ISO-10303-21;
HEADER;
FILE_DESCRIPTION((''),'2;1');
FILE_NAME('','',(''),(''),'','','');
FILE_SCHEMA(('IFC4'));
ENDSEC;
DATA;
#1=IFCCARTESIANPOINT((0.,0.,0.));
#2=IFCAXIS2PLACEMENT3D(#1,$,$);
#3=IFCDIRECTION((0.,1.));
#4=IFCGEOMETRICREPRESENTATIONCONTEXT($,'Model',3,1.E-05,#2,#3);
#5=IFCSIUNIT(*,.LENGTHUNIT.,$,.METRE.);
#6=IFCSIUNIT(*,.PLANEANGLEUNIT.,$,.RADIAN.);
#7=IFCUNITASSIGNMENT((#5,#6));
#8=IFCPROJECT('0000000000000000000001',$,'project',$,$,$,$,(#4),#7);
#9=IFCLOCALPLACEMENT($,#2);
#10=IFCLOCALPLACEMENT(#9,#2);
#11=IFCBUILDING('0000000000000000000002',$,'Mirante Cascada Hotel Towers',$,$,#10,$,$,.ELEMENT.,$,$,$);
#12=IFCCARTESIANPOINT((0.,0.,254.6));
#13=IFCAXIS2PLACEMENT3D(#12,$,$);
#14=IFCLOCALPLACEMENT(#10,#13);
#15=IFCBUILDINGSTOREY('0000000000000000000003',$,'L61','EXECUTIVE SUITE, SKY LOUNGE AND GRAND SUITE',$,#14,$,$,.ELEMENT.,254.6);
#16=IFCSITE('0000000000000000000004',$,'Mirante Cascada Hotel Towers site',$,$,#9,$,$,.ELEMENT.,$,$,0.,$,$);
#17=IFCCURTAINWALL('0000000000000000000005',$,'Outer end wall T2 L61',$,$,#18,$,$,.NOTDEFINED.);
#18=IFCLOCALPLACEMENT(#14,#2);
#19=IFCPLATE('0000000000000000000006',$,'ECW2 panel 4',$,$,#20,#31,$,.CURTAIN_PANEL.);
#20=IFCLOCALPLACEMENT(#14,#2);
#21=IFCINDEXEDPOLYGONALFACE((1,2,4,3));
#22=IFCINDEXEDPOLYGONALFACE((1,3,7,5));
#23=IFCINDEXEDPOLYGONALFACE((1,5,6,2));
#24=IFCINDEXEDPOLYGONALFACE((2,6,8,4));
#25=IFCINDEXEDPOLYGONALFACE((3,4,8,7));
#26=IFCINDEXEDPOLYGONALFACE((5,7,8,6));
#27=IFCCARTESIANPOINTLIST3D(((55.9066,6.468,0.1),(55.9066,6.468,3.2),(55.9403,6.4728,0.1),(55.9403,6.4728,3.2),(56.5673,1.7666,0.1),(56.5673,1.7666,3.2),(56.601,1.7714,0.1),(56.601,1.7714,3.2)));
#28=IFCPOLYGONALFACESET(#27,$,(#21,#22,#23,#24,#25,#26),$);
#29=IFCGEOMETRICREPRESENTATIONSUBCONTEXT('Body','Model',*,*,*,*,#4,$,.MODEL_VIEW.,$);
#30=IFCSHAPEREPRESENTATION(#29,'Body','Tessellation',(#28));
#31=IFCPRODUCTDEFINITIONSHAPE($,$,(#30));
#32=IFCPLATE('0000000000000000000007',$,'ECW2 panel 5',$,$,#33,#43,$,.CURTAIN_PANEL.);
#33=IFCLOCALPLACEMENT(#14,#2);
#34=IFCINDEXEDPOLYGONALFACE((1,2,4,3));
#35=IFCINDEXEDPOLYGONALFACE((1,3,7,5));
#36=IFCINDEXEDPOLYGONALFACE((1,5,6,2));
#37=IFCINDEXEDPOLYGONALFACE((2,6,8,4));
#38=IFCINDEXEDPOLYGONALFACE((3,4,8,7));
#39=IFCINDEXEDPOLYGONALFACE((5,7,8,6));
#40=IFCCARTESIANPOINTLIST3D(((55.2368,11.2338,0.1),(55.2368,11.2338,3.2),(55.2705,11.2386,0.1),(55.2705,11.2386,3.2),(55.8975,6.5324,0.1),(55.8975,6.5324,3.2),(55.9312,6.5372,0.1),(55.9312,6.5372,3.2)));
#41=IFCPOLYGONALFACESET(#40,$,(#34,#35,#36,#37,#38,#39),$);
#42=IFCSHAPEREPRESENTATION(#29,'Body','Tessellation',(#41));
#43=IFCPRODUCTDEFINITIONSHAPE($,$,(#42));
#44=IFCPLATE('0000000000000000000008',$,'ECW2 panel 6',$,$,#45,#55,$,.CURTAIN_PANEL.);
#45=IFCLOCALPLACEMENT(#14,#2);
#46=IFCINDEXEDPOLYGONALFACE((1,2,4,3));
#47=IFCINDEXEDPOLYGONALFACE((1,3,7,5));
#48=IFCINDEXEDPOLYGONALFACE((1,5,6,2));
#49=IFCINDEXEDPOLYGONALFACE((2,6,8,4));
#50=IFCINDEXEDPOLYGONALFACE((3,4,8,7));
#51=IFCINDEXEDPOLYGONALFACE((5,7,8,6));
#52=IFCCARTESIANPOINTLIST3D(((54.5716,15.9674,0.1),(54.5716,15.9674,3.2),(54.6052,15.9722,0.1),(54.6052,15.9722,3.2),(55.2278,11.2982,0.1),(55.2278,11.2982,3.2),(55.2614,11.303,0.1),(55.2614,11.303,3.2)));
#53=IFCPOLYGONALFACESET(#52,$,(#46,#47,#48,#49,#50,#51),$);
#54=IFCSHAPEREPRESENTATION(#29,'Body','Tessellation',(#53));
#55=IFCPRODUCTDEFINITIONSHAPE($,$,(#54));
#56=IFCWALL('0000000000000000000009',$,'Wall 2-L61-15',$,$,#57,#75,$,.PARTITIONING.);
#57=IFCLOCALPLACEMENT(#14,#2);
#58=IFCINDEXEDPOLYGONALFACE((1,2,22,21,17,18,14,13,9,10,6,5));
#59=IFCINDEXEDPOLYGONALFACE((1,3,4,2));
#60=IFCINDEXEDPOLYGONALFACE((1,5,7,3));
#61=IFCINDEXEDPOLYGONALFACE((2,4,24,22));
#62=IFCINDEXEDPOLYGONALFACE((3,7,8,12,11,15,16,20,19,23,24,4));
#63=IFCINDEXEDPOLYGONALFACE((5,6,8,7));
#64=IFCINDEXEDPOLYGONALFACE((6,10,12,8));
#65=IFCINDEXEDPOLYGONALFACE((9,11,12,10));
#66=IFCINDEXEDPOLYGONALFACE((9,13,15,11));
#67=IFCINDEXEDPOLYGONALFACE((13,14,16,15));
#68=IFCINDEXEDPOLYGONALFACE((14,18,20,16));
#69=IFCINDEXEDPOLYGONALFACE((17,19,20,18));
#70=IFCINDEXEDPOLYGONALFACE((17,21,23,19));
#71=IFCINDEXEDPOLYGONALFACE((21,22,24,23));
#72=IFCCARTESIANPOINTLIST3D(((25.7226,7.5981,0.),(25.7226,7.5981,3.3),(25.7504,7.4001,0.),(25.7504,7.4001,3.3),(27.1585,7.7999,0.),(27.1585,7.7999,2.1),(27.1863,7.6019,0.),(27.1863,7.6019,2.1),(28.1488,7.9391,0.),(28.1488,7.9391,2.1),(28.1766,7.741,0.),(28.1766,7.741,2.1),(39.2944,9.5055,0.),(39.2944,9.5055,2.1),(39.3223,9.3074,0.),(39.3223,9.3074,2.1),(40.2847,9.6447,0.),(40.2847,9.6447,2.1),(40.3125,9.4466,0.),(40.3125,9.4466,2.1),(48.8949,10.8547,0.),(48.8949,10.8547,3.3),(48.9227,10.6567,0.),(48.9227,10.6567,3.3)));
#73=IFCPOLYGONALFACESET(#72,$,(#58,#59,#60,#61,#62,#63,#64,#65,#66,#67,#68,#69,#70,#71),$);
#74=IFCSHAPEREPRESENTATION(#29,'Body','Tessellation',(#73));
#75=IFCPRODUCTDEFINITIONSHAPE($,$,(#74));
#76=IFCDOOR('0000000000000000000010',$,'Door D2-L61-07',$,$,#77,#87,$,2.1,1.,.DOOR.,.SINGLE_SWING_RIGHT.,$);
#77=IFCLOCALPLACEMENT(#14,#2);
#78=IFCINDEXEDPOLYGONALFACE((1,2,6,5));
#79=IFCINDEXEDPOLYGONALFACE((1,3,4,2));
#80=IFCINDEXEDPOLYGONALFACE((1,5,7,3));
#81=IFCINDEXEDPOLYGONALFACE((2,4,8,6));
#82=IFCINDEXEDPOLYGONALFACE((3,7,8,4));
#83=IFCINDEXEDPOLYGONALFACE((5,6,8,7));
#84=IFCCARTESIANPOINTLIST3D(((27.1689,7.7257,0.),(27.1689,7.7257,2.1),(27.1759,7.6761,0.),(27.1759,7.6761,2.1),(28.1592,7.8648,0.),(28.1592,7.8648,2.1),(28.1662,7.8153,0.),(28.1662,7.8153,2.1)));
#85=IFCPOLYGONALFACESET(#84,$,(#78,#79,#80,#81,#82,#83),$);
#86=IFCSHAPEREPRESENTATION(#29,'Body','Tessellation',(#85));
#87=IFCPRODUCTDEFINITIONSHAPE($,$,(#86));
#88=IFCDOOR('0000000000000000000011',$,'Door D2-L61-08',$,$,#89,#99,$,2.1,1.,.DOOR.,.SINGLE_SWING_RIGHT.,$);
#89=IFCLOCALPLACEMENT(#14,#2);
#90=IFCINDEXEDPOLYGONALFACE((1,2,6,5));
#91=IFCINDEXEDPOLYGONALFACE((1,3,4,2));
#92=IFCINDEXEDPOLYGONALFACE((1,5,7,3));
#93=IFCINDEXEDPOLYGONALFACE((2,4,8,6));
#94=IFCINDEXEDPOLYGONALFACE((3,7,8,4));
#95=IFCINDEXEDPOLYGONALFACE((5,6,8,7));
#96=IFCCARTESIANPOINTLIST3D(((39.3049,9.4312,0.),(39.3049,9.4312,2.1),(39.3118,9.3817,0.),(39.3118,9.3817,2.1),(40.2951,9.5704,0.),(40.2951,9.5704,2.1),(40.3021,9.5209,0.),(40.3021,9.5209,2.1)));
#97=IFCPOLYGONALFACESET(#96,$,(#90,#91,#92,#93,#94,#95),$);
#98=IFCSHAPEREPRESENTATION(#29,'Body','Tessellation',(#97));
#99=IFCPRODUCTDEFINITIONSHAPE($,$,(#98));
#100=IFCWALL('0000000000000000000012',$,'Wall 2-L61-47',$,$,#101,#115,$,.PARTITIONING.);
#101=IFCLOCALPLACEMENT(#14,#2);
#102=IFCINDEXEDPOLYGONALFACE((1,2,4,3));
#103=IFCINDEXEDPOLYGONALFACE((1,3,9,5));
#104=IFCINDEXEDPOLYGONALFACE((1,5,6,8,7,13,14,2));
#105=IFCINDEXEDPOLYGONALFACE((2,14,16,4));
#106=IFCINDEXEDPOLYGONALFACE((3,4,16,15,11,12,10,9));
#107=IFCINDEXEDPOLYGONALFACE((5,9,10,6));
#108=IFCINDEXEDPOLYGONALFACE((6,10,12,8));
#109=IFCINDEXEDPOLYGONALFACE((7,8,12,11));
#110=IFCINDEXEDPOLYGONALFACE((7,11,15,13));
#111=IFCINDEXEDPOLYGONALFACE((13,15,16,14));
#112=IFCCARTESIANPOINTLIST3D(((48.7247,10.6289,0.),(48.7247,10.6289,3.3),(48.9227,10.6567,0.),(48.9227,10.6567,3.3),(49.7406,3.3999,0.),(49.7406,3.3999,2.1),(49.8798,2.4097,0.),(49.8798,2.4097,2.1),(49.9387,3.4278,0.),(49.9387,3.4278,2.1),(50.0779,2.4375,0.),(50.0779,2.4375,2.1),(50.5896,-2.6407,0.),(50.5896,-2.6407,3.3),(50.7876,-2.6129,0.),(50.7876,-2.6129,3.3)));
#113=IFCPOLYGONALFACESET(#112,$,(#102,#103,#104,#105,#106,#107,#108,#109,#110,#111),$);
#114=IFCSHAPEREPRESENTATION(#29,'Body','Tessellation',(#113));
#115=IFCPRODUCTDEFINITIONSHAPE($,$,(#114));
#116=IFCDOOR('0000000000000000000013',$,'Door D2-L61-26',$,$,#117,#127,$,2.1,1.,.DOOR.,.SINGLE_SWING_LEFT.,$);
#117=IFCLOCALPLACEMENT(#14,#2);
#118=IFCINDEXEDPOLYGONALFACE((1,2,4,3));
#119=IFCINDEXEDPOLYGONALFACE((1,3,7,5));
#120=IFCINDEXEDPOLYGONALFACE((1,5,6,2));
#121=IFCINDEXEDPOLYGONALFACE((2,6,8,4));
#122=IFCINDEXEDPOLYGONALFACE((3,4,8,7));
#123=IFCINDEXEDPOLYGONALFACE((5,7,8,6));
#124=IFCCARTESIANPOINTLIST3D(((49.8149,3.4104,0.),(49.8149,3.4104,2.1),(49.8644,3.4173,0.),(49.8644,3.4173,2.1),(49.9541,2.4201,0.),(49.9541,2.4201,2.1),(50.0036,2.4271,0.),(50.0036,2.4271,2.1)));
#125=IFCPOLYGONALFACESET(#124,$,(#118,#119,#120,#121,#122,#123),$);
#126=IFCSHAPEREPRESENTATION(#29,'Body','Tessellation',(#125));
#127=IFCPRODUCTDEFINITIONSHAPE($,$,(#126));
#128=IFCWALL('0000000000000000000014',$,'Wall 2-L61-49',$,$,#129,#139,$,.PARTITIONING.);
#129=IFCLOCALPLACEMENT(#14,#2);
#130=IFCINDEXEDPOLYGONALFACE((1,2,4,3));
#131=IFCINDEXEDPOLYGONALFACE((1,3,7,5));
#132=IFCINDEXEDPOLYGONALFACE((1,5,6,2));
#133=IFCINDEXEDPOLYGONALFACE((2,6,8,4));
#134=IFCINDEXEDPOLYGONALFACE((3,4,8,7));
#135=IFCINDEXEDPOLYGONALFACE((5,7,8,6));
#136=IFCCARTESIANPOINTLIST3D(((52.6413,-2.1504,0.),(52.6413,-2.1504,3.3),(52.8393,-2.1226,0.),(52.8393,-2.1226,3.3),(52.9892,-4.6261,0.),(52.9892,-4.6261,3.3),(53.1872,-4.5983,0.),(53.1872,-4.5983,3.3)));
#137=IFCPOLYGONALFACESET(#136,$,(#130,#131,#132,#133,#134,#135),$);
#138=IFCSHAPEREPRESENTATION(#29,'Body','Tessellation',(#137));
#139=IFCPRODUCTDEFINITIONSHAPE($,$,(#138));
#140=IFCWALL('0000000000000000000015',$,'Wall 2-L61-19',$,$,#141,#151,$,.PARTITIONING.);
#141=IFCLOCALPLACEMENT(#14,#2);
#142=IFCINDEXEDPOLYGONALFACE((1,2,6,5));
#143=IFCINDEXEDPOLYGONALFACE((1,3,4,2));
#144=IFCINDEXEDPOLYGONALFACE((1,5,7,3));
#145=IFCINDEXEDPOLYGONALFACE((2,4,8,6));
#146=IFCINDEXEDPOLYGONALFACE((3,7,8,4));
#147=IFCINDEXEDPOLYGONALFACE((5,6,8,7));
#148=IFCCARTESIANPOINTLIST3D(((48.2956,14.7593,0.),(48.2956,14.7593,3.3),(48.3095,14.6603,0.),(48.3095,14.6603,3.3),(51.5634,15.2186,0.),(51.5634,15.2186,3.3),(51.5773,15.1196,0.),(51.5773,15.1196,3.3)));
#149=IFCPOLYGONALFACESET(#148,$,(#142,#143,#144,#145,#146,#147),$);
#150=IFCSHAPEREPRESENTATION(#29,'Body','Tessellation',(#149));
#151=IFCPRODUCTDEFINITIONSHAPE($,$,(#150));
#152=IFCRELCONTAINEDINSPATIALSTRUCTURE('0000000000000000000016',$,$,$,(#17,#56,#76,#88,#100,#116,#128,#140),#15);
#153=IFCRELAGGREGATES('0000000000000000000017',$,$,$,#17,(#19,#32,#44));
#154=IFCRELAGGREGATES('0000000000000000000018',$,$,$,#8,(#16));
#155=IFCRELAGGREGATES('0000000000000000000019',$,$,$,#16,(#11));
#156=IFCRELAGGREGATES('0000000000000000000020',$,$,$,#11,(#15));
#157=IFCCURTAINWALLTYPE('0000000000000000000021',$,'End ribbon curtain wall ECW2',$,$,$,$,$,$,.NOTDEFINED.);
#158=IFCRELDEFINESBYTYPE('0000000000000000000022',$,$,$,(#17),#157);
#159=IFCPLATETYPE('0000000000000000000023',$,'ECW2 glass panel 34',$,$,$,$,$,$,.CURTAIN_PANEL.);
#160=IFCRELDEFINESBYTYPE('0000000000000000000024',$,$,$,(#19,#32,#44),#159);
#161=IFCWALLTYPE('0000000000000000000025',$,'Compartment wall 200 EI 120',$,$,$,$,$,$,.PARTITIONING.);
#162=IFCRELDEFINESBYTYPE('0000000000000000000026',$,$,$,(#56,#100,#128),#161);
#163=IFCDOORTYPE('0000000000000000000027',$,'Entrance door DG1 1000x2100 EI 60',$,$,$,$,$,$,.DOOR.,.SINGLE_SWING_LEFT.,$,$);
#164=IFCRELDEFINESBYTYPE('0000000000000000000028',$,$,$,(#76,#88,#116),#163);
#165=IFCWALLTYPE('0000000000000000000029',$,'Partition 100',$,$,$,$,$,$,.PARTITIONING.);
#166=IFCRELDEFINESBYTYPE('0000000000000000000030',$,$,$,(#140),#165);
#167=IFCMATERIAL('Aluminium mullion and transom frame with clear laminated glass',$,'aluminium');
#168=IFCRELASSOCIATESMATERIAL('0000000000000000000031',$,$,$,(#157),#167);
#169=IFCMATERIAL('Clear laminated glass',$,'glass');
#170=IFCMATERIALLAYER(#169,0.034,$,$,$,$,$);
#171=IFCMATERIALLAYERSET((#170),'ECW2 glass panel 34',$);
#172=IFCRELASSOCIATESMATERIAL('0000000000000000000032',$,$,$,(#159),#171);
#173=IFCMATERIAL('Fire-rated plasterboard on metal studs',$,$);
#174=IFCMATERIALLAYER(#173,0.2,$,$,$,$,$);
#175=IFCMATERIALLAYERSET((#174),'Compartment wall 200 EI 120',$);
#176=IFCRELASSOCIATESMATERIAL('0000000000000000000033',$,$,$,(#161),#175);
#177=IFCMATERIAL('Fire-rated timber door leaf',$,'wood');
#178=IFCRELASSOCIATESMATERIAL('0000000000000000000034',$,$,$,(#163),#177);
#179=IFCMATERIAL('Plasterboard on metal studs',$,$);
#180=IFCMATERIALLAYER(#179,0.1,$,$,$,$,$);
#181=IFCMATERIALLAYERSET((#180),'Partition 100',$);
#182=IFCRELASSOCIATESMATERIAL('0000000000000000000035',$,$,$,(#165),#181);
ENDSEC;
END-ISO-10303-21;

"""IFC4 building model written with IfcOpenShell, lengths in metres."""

from ifc_helpers import new_model, si_unit, direction, frame, frame_2d, origin, origin_2d, place, context, subcontext, project, spatial, rectangle, extrude, material, layer, layer_set, type_object, element, fill, aggregate, save


model = new_model("IFC4")

# Units and contexts
model_context = context("Model", 3, precision=1e-05, world=origin(), true_north=direction((0.0, 1.0)))
body_context = subcontext(model_context, "Body", "Model", "MODEL_VIEW")
ifc_project = project(units=[si_unit("LENGTHUNIT", "METRE"), si_unit("PLANEANGLEUNIT", "RADIAN")], contexts=[model_context])

# Site, building, storey
site_placement = place(None, origin())
site = spatial("IfcSite", under=ifc_project, at=site_placement, Name="Mirante Cascada Hotel Towers site", CompositionType="ELEMENT", RefElevation=0.0)
building_placement = place(site_placement, origin())
building = spatial("IfcBuilding", under=site, at=building_placement, Name="Mirante Cascada Hotel Towers", CompositionType="ELEMENT")
storey_placement = place(building_placement, frame((0.0, 0.0, 254.6)))
storey = spatial("IfcBuildingStorey", under=building, at=storey_placement, Name="L61", Description="EXECUTIVE SUITE, SKY LOUNGE AND GRAND SUITE", CompositionType="ELEMENT", Elevation=254.6)

# Curtain wall
ifc_material_1 = material(Name="Aluminium mullion and transom frame with clear laminated glass", Category="aluminium")
curtain_wall_type_1 = type_object("IfcCurtainWallType", Name="End ribbon curtain wall ECW2", PredefinedType="NOTDEFINED", material=ifc_material_1)
curtain_wall_1_placement = place(storey_placement, origin())
curtain_wall_1 = element("IfcCurtainWall", 1, at=curtain_wall_1_placement, inside=storey, type_object=curtain_wall_type_1, Name="Outer end wall T2 L61", PredefinedType="NOTDEFINED")

# Plates
ifc_material_2 = material(Name="Clear laminated glass", Category="glass")
ifc_layer_1 = layer(ifc_material_2, 0.034)
ifc_layer_set_1 = layer_set([ifc_layer_1], Name="ECW2 glass panel 34")
plate_type_1 = type_object("IfcPlateType", Name="ECW2 glass panel 34", PredefinedType="CURTAIN_PANEL", material=ifc_layer_set_1)
plate_1_placement = place(storey_placement, frame((56.2538, 4.1197, 0.1), z_axis=(0.0, 0.0, 1.0), x_axis=(-0.139173, 0.990268, 0.0)))
plate_1 = element("IfcPlate", 2, at=plate_1_placement, type_object=plate_type_1, Name="ECW2 panel 4", PredefinedType="CURTAIN_PANEL", context=body_context, shape_type="SweptSolid", body=[
    extrude(rectangle(XDim=4.7476, YDim=0.034, at=origin_2d()), origin(), (0.0, 0.0, 1.0), 3.1),
])
plate_2_placement = place(storey_placement, frame((55.584, 8.8855, 0.1), z_axis=(0.0, 0.0, 1.0), x_axis=(-0.139173, 0.990268, 0.0)))
plate_2 = element("IfcPlate", 3, at=plate_2_placement, type_object=plate_type_1, Name="ECW2 panel 5", PredefinedType="CURTAIN_PANEL", context=body_context, shape_type="SweptSolid", body=[
    extrude(rectangle(XDim=4.7476, YDim=0.034, at=origin_2d()), origin(), (0.0, 0.0, 1.0), 3.1),
])
plate_3_placement = place(storey_placement, frame((54.9165, 13.6352, 0.1), z_axis=(0.0, 0.0, 1.0), x_axis=(-0.139173, 0.990268, 0.0)))
plate_3 = element("IfcPlate", 4, at=plate_3_placement, type_object=plate_type_1, Name="ECW2 panel 6", PredefinedType="CURTAIN_PANEL", context=body_context, shape_type="SweptSolid", body=[
    extrude(rectangle(XDim=4.7151, YDim=0.034, at=origin_2d()), origin(), (0.0, 0.0, 1.0), 3.1),
])
aggregate(curtain_wall_1, [plate_1, plate_2, plate_3])

# Wall, openings, doors
ifc_material_3 = material(Name="Fire-rated plasterboard on metal studs")
ifc_layer_2 = layer(ifc_material_3, 0.2)
ifc_layer_set_2 = layer_set([ifc_layer_2], Name="Compartment wall 200 EI 120")
wall_type_1 = type_object("IfcWallType", Name="Compartment wall 200 EI 120", PredefinedType="PARTITIONING", material=ifc_layer_set_2)
wall_1_placement = place(storey_placement, frame((48.9088, 10.7557, 0.0), z_axis=(0.0, 0.0, 1.0), x_axis=(-0.990268, -0.139171, 0.0)))
wall_1 = element("IfcWall", 5, at=wall_1_placement, inside=storey, type_object=wall_type_1, Name="Wall 2-L61-15", PredefinedType="PARTITIONING", context=body_context, shape_type="SweptSolid", body=[
    extrude(rectangle(XDim=23.4, YDim=0.2, at=frame_2d((11.7, 0.0))), origin(), (0.0, 0.0, 1.0), 3.3),
])
opening_1_placement = place(wall_1_placement, frame((20.95, 0.0, 0.0)))
opening_1 = element("IfcOpeningElement", 6, at=opening_1_placement, cuts=wall_1, PredefinedType="OPENING", context=body_context, shape_type="SweptSolid", body=[
    extrude(rectangle(XDim=1.0, YDim=2.1, at=frame_2d((0.5, 1.05))), frame((0.0, 0.1, 0.0), z_axis=(0.0, -1.0, 0.0), x_axis=(1.0, 0.0, 0.0)), (0.0, 0.0, 1.0), 0.2),
])
opening_2_placement = place(wall_1_placement, frame((8.6948, 0.0, 0.0)))
opening_2 = element("IfcOpeningElement", 7, at=opening_2_placement, cuts=wall_1, PredefinedType="OPENING", context=body_context, shape_type="SweptSolid", body=[
    extrude(rectangle(XDim=1.0, YDim=2.1, at=frame_2d((0.5, 1.05))), frame((0.0, 0.1, 0.0), z_axis=(0.0, -1.0, 0.0), x_axis=(1.0, 0.0, 0.0)), (0.0, 0.0, 1.0), 0.2),
])
ifc_material_4 = material(Name="Fire-rated timber door leaf", Category="wood")
door_type_1 = type_object("IfcDoorType", Name="Entrance door DG1 1000x2100 EI 60", OperationType="SINGLE_SWING_LEFT", PredefinedType="DOOR", material=ifc_material_4)
door_1_placement = place(opening_1_placement, frame((1.0, 0.0, 0.0), z_axis=(0.0, 0.0, 1.0), x_axis=(-1.0, 0.0, 0.0)))
door_1 = element("IfcDoor", 8, at=door_1_placement, inside=storey, type_object=door_type_1, Name="Door D2-L61-07", OperationType="SINGLE_SWING_RIGHT", OverallHeight=2.1, OverallWidth=1.0, PredefinedType="DOOR", context=body_context, shape_type="SweptSolid", body=[
    extrude(rectangle(XDim=1.0, YDim=2.1, at=frame_2d((0.5, 1.05))), frame((0.0, 0.025, 0.0), z_axis=(0.0, -1.0, 0.0), x_axis=(1.0, 0.0, 0.0)), (0.0, 0.0, 1.0), 0.05),
])
fill(opening_1, door_1)
door_2_placement = place(opening_2_placement, frame((1.0, 0.0, 0.0), z_axis=(0.0, 0.0, 1.0), x_axis=(-1.0, 0.0, 0.0)))
door_2 = element("IfcDoor", 9, at=door_2_placement, inside=storey, type_object=door_type_1, Name="Door D2-L61-08", OperationType="SINGLE_SWING_RIGHT", OverallHeight=2.1, OverallWidth=1.0, PredefinedType="DOOR", context=body_context, shape_type="SweptSolid", body=[
    extrude(rectangle(XDim=1.0, YDim=2.1, at=frame_2d((0.5, 1.05))), frame((0.0, 0.025, 0.0), z_axis=(0.0, -1.0, 0.0), x_axis=(1.0, 0.0, 0.0)), (0.0, 0.0, 1.0), 0.05),
])
fill(opening_2, door_2)

# Wall, opening, door
wall_2_placement = place(storey_placement, frame((48.8237, 10.6428, 0.0), z_axis=(0.0, 0.0, 1.0), x_axis=(0.139172, -0.990268, 0.0)))
wall_2 = element("IfcWall", 10, at=wall_2_placement, inside=storey, type_object=wall_type_1, Name="Wall 2-L61-47", PredefinedType="PARTITIONING", context=body_context, shape_type="SweptSolid", body=[
    extrude(rectangle(XDim=13.4, YDim=0.2, at=frame_2d((6.7, 0.0))), origin(), (0.0, 0.0, 1.0), 3.3),
])
opening_3_placement = place(wall_2_placement, frame((7.3, 0.0, 0.0)))
opening_3 = element("IfcOpeningElement", 11, at=opening_3_placement, cuts=wall_2, PredefinedType="OPENING", context=body_context, shape_type="SweptSolid", body=[
    extrude(rectangle(XDim=1.0, YDim=2.1, at=frame_2d((0.5, 1.05))), frame((0.0, 0.1, 0.0), z_axis=(0.0, -1.0, 0.0), x_axis=(1.0, 0.0, 0.0)), (0.0, 0.0, 1.0), 0.2),
])
door_3_placement = place(opening_3_placement, origin())
door_3 = element("IfcDoor", 12, at=door_3_placement, inside=storey, type_object=door_type_1, Name="Door D2-L61-26", OperationType="SINGLE_SWING_LEFT", OverallHeight=2.1, OverallWidth=1.0, PredefinedType="DOOR", context=body_context, shape_type="SweptSolid", body=[
    extrude(rectangle(XDim=1.0, YDim=2.1, at=frame_2d((0.5, 1.05))), frame((0.0, 0.025, 0.0), z_axis=(0.0, -1.0, 0.0), x_axis=(1.0, 0.0, 0.0)), (0.0, 0.0, 1.0), 0.05),
])
fill(opening_3, door_3)

# Walls
wall_3_placement = place(storey_placement, frame((52.7403, -2.1365, 0.0), z_axis=(0.0, 0.0, 1.0), x_axis=(0.139159, -0.99027, 0.0)))
element("IfcWall", 13, at=wall_3_placement, inside=storey, type_object=wall_type_1, Name="Wall 2-L61-49", PredefinedType="PARTITIONING", context=body_context, shape_type="SweptSolid", body=[
    extrude(rectangle(XDim=2.5, YDim=0.2, at=frame_2d((1.25, 0.0))), origin(), (0.0, 0.0, 1.0), 3.3),
])
ifc_material_5 = material(Name="Plasterboard on metal studs")
ifc_layer_3 = layer(ifc_material_5, 0.1)
ifc_layer_set_3 = layer_set([ifc_layer_3], Name="Partition 100")
wall_type_2 = type_object("IfcWallType", Name="Partition 100", PredefinedType="PARTITIONING", material=ifc_layer_set_3)
wall_4_placement = place(storey_placement, frame((51.5704, 15.1691, 0.0), z_axis=(0.0, 0.0, 1.0), x_axis=(-0.990266, -0.139185, 0.0)))
element("IfcWall", 14, at=wall_4_placement, inside=storey, type_object=wall_type_2, Name="Wall 2-L61-19", PredefinedType="PARTITIONING", context=body_context, shape_type="SweptSolid", body=[
    extrude(rectangle(XDim=3.2999, YDim=0.1, at=frame_2d((1.65, 0.0))), origin(), (0.0, 0.0, 1.0), 3.3),
])

save(model, "model.ifc")
